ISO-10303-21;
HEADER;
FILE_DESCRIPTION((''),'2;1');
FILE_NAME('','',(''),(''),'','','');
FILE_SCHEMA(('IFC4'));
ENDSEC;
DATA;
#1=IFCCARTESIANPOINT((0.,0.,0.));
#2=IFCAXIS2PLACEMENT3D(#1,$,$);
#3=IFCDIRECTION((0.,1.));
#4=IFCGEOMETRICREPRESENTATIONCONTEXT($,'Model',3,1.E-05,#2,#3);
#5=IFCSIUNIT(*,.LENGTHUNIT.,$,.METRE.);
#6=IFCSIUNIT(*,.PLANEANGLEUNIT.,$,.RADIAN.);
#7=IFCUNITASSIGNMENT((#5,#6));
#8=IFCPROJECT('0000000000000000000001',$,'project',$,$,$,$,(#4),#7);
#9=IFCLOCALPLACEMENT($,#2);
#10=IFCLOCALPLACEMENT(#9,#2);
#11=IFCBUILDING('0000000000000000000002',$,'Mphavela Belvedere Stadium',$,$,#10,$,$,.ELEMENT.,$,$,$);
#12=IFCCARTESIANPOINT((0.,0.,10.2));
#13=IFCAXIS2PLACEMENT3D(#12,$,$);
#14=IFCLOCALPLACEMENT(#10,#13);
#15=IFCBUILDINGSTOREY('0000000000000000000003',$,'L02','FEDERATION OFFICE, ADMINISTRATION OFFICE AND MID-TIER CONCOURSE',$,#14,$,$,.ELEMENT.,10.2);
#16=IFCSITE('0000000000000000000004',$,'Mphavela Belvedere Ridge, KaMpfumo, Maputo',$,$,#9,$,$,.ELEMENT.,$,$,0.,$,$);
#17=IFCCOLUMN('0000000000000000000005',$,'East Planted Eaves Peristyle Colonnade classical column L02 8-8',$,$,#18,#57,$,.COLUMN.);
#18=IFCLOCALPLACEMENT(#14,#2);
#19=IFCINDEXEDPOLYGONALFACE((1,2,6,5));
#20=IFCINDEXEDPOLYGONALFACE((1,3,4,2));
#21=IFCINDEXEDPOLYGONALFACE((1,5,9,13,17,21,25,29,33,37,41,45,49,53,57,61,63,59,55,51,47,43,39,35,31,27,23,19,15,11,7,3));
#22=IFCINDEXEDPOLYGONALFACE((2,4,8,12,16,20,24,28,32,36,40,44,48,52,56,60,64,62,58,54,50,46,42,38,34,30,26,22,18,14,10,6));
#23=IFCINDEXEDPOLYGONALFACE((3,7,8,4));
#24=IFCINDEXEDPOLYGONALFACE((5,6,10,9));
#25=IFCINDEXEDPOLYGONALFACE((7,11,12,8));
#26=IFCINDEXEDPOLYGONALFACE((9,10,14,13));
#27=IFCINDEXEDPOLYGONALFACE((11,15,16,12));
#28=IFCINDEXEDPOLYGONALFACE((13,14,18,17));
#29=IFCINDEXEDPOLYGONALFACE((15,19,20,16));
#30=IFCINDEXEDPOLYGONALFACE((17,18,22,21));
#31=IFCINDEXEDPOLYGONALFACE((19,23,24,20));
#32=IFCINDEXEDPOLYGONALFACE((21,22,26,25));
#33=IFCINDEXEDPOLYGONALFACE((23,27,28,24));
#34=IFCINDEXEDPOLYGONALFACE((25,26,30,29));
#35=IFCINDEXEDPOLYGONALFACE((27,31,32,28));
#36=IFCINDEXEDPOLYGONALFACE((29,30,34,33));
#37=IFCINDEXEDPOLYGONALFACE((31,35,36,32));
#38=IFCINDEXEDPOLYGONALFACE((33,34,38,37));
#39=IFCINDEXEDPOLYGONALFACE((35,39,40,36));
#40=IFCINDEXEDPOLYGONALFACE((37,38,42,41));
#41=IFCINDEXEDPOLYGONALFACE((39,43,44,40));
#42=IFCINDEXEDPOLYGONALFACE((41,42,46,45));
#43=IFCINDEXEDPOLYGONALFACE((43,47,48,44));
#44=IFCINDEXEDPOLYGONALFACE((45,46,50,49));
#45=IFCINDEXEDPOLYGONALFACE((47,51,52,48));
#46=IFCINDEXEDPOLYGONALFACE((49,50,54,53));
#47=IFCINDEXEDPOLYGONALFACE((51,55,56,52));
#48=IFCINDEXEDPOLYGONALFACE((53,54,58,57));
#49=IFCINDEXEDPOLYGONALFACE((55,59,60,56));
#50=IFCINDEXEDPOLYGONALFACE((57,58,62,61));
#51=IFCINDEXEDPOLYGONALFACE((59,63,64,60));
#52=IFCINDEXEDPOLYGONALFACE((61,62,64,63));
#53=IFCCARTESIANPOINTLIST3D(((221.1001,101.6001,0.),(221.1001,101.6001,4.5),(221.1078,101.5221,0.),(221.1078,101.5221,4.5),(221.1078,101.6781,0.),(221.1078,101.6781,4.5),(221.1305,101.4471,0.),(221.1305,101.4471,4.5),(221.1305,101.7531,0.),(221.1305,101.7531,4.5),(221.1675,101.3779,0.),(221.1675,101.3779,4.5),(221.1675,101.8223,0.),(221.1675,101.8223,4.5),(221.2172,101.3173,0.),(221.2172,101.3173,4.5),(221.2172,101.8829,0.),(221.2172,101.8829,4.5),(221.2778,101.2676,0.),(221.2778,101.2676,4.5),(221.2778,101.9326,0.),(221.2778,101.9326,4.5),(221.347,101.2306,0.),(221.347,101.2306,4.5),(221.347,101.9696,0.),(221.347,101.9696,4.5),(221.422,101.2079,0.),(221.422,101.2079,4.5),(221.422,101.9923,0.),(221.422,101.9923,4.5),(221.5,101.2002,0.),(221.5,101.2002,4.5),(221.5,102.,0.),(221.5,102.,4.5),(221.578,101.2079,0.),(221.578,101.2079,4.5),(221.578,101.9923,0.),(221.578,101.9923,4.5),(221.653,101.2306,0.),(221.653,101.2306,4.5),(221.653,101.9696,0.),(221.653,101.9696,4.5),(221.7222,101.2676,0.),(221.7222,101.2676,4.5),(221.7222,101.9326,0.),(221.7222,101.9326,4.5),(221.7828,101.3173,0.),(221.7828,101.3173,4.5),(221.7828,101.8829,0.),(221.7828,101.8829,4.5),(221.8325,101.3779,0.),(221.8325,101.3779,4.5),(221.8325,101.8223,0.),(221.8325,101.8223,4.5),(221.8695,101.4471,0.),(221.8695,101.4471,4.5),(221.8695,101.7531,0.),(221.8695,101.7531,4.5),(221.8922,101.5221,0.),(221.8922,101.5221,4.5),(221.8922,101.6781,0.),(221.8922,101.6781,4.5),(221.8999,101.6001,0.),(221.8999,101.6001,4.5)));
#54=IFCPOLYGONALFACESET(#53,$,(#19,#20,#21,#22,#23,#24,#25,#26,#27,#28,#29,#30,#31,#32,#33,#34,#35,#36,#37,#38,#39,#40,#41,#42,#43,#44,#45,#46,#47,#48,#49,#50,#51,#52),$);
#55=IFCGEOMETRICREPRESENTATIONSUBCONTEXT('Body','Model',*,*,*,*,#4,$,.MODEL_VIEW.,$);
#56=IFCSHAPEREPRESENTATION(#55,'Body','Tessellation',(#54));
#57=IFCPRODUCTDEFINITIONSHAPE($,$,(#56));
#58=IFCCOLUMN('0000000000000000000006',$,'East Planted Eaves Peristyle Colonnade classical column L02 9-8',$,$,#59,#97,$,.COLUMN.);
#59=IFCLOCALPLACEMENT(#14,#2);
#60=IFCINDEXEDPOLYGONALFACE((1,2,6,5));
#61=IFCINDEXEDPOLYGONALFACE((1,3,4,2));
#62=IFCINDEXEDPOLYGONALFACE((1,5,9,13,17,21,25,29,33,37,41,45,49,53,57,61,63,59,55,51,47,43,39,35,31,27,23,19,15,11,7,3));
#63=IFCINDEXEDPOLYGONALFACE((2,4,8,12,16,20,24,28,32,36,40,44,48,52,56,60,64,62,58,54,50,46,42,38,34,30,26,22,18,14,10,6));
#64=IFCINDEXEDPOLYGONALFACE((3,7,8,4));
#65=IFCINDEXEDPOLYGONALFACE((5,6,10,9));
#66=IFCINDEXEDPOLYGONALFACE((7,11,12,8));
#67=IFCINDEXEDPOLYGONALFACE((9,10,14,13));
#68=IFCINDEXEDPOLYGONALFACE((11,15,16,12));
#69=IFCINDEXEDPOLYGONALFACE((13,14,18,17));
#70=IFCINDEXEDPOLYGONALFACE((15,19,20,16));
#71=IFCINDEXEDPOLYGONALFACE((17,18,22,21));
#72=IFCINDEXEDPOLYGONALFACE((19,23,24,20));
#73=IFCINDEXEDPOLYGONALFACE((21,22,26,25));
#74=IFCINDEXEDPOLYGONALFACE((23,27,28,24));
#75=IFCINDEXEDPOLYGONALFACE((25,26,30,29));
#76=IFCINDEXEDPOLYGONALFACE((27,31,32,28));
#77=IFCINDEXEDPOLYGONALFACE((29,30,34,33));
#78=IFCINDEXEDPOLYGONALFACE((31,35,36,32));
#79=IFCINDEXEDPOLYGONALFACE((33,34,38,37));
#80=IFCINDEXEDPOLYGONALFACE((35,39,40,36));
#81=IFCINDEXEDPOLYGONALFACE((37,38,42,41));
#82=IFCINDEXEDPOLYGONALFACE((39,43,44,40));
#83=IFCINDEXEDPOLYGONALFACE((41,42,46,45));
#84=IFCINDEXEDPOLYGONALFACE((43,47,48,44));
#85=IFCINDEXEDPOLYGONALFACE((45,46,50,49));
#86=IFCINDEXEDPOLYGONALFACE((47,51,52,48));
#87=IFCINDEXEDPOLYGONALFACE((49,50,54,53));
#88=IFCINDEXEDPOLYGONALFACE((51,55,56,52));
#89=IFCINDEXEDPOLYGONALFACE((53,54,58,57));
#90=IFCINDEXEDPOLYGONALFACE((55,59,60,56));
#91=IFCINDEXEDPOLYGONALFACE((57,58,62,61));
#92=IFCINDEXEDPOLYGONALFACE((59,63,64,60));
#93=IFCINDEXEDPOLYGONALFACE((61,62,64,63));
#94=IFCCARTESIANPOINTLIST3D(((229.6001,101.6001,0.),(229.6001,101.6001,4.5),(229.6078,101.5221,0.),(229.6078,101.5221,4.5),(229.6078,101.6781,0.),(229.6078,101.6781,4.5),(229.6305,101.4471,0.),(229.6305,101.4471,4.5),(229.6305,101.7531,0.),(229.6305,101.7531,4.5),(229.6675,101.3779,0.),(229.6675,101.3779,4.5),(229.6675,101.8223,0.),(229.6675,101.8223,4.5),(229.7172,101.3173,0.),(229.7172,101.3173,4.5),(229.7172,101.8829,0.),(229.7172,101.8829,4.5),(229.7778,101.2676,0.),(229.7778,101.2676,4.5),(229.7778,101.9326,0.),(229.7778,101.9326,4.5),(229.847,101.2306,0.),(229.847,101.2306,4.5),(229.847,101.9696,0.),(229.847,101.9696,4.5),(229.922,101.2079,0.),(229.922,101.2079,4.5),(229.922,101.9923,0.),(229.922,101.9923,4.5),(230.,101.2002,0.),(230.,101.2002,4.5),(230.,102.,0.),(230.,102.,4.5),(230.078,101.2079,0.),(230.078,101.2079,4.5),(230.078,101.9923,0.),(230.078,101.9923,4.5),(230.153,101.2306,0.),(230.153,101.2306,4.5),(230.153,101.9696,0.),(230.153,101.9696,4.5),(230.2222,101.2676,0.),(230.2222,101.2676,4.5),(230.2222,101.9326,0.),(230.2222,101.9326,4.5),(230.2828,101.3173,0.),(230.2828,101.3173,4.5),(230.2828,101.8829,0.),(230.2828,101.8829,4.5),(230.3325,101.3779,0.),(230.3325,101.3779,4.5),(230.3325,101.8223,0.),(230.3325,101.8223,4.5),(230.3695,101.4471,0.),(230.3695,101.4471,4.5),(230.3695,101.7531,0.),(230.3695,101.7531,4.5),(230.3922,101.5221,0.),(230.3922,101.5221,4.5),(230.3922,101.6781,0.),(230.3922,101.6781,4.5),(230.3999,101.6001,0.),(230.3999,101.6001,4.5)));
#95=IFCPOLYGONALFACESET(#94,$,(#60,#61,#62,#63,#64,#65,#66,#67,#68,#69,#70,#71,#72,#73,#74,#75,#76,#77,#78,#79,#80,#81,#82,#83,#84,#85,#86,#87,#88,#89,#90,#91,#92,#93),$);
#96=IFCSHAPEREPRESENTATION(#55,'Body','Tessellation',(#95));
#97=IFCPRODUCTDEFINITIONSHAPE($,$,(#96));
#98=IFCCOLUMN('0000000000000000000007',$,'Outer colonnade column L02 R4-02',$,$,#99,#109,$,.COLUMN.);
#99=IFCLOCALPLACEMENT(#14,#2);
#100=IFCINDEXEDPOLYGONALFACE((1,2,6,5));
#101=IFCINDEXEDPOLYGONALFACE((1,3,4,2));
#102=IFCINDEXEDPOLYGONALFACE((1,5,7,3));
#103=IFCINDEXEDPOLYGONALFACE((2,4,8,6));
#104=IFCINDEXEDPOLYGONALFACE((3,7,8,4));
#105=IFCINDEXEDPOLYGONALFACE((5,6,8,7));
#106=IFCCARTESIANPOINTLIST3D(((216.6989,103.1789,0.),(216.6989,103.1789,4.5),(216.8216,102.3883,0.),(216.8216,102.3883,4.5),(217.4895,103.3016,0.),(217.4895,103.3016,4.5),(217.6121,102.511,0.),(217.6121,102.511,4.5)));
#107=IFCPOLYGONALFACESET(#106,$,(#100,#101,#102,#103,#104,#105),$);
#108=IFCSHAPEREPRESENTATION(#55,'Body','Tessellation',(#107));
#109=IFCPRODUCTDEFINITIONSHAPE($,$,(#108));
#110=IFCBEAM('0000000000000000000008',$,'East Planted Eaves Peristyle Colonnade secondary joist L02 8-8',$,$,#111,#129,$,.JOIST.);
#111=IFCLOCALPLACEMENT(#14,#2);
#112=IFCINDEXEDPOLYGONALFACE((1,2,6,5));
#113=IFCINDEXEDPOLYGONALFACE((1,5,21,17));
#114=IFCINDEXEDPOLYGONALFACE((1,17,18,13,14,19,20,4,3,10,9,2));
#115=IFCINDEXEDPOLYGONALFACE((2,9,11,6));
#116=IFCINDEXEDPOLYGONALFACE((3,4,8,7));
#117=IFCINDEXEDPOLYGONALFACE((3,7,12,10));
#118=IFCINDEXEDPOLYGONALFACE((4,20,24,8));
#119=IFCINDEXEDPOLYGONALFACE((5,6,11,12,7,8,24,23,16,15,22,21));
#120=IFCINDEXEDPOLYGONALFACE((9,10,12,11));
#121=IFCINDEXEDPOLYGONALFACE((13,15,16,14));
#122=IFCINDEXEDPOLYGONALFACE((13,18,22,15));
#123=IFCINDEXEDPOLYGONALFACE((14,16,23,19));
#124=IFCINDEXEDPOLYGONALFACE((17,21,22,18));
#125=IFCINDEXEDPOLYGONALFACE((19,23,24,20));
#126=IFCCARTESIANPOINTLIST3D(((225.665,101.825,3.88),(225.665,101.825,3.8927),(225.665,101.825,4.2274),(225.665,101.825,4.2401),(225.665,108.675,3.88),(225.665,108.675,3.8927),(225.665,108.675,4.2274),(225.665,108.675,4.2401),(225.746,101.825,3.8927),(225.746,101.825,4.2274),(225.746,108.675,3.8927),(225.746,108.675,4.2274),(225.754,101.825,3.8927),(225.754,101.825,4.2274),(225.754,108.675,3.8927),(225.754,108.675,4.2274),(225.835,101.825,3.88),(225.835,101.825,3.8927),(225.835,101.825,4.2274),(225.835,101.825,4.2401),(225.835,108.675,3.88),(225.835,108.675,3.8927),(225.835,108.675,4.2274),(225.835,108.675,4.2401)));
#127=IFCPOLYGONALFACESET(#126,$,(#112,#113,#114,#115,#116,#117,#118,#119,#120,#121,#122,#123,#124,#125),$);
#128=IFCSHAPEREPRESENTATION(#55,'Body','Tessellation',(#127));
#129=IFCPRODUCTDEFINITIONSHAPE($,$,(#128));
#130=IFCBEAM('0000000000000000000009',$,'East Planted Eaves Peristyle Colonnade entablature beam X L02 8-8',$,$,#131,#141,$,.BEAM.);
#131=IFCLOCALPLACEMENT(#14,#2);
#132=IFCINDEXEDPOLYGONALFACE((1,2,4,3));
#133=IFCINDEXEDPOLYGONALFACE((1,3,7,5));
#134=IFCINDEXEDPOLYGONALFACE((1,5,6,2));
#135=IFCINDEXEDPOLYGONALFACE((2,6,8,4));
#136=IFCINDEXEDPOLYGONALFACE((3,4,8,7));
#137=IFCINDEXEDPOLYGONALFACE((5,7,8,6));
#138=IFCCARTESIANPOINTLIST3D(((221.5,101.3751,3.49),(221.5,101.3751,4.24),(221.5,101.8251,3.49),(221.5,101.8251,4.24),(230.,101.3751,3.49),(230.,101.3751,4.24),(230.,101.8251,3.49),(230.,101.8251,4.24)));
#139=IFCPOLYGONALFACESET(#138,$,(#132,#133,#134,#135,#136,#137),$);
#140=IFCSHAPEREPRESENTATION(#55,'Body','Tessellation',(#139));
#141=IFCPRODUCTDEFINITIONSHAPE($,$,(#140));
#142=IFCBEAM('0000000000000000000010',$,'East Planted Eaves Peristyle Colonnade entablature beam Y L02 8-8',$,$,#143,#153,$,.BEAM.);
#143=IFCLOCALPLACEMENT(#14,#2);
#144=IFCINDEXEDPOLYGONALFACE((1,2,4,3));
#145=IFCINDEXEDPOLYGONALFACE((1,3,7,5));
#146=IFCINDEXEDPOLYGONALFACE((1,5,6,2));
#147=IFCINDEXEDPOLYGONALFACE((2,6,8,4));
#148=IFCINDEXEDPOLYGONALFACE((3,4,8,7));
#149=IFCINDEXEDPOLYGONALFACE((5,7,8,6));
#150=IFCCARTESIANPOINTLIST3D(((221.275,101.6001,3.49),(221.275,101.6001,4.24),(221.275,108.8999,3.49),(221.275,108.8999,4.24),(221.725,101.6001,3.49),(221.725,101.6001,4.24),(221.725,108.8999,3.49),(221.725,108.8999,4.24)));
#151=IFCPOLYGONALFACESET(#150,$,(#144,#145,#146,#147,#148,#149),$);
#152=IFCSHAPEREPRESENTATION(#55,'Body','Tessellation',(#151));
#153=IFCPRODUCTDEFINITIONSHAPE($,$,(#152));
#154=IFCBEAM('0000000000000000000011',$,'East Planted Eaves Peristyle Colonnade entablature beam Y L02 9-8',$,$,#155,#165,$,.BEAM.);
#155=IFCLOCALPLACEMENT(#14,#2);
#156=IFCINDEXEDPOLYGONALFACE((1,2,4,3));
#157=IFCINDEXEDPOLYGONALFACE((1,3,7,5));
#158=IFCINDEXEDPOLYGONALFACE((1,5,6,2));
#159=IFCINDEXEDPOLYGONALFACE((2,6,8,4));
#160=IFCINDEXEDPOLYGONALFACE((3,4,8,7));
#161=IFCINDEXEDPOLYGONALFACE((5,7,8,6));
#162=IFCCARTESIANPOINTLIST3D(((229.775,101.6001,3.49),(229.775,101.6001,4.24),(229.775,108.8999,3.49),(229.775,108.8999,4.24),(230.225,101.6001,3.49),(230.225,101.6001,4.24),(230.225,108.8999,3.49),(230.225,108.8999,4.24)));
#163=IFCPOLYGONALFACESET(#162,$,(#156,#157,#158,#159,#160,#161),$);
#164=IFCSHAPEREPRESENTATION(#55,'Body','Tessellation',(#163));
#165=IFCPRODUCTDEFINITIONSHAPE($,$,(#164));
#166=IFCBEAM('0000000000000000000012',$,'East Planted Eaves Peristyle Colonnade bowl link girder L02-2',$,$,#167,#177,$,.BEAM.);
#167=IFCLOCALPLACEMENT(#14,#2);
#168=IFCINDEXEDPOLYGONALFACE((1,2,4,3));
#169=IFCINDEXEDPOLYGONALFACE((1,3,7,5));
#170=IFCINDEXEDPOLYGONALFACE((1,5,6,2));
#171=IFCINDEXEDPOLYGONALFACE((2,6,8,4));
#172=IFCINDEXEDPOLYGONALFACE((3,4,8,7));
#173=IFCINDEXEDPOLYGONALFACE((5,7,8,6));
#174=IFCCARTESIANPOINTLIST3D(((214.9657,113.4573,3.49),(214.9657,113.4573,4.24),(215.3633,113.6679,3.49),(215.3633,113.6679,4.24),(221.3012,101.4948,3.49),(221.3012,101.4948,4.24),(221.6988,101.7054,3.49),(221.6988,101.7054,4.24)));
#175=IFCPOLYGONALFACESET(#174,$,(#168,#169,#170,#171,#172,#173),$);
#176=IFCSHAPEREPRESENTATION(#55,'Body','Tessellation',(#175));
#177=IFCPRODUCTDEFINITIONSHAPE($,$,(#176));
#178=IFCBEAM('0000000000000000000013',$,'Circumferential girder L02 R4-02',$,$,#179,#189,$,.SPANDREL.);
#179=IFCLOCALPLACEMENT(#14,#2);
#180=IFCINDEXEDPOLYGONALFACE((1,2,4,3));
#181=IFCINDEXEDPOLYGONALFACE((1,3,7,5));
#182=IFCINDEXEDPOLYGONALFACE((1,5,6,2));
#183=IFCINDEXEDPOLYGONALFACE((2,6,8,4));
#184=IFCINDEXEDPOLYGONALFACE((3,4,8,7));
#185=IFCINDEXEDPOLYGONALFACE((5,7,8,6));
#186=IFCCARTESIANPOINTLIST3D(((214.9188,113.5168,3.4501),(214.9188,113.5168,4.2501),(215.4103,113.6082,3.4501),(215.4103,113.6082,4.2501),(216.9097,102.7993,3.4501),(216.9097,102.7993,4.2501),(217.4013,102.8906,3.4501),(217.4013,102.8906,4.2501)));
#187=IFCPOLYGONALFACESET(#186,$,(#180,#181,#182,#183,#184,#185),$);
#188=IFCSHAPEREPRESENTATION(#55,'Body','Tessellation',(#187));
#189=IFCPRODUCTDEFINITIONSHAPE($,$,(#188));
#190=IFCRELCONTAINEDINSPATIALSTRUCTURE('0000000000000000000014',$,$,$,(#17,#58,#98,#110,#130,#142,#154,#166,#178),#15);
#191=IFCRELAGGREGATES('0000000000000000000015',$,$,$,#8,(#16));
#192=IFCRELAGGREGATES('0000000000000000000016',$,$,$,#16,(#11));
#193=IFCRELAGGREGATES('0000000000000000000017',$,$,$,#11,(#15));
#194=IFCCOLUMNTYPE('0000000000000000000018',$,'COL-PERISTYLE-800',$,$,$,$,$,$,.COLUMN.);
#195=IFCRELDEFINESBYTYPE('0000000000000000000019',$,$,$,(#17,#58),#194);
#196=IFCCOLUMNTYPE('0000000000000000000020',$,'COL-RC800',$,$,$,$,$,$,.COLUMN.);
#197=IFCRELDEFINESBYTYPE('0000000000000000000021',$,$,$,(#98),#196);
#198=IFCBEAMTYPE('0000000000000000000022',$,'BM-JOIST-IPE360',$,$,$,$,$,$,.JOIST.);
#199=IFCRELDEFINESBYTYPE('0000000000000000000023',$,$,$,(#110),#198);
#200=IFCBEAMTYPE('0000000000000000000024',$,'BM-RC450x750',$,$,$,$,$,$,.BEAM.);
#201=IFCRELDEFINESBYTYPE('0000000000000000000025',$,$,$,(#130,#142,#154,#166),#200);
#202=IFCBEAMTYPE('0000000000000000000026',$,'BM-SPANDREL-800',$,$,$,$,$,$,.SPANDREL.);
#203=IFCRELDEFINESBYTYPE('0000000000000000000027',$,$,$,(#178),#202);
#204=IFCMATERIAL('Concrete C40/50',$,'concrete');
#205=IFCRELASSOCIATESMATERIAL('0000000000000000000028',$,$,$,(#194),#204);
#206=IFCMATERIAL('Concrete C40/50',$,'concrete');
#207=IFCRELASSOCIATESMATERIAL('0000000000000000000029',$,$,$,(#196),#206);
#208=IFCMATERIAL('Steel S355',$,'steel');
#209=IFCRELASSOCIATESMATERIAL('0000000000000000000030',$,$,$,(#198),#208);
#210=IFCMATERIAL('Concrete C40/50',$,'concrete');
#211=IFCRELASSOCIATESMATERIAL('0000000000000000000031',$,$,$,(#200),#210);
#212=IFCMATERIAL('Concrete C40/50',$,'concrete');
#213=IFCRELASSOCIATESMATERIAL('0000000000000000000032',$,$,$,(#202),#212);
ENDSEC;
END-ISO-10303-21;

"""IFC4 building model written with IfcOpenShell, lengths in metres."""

from ifc_helpers import new_model, si_unit, direction, frame, origin, origin_2d, place, context, subcontext, project, spatial, rectangle, circle, i_section, extrude, material, material_profile, profile_set, type_object, element, save


model = new_model("IFC4")

# Units and contexts
model_context = context("Model", 3, precision=1e-05, world=origin(), true_north=direction((0.0, 1.0)))
body_context = subcontext(model_context, "Body", "Model", "MODEL_VIEW")
ifc_project = project(units=[si_unit("LENGTHUNIT", "METRE"), si_unit("PLANEANGLEUNIT", "RADIAN")], contexts=[model_context])

# Site, building, storey
site_placement = place(None, origin())
site = spatial("IfcSite", under=ifc_project, at=site_placement, Name="Mphavela Belvedere Ridge, KaMpfumo, Maputo", CompositionType="ELEMENT", RefElevation=0.0)
building_placement = place(site_placement, origin())
building = spatial("IfcBuilding", under=site, at=building_placement, Name="Mphavela Belvedere Stadium", CompositionType="ELEMENT")
storey_placement = place(building_placement, frame((0.0, 0.0, 10.2)))
storey = spatial("IfcBuildingStorey", under=building, at=storey_placement, Name="L02", Description="FEDERATION OFFICE, ADMINISTRATION OFFICE AND MID-TIER CONCOURSE", CompositionType="ELEMENT", Elevation=10.2)

# Columns
ifc_material_1 = material(Name="Concrete C40/50", Category="concrete")
ifc_material_profile_1 = material_profile(ifc_material_1, circle(Radius=0.3999, at=origin_2d()), Name="COL D800")
ifc_profile_set_1 = profile_set([ifc_material_profile_1], Name="Concrete C40/50")
column_type_1 = type_object("IfcColumnType", Name="COL-PERISTYLE-800", PredefinedType="COLUMN", material=ifc_profile_set_1)
for number, where, z_axis, x_axis, name in (
    (1, (221.5, 101.6001, 0.0), (0.0, 0.0, 1.0), (1.0, 0.0, 0.0), "East Planted Eaves Peristyle Colonnade classical column L02 8-8"),
    (2, (230.0, 101.6001, 0.0), (0.0, 0.0, 1.0), (1.0, 0.0, 0.0), "East Planted Eaves Peristyle Colonnade classical column L02 9-8"),
):
    element("IfcColumn", number, at=place(storey_placement, frame(where, z_axis=z_axis, x_axis=x_axis)), inside=storey, type_object=column_type_1, Name=name, PredefinedType="COLUMN", context=body_context, shape_type="SweptSolid", body=[
        extrude(circle(Radius=0.3999, at=origin_2d()), origin(), (0.0, 0.0, 1.0), 4.5),
    ])
ifc_material_2 = material(Name="Concrete C40/50", Category="concrete")
ifc_material_profile_2 = material_profile(ifc_material_2, rectangle(XDim=0.8, YDim=0.8, at=origin_2d()), Name="RC 800x800")
ifc_profile_set_2 = profile_set([ifc_material_profile_2], Name="Concrete C40/50")
column_type_2 = type_object("IfcColumnType", Name="COL-RC800", PredefinedType="COLUMN", material=ifc_profile_set_2)
column_placement = place(storey_placement, frame((217.1555, 102.845, 0.0), z_axis=(0.0, 0.0, 1.0), x_axis=(0.988175, 0.153331, 0.0)))
element("IfcColumn", 3, at=column_placement, inside=storey, type_object=column_type_2, Name="Outer colonnade column L02 R4-02", PredefinedType="COLUMN", context=body_context, shape_type="SweptSolid", body=[
    extrude(rectangle(XDim=0.8, YDim=0.8, at=origin_2d()), origin(), (0.0, 0.0, 1.0), 4.5),
])

# Beams
ifc_material_3 = material(Name="Steel S355", Category="steel")
ifc_material_profile_3 = material_profile(ifc_material_3, i_section(OverallWidth=0.1699, OverallDepth=0.3601, WebThickness=0.0081, FlangeThickness=0.0127, at=origin_2d()), Name="IPE 360")
ifc_profile_set_3 = profile_set([ifc_material_profile_3], Name="Steel S355")
beam_type_1 = type_object("IfcBeamType", Name="BM-JOIST-IPE360", PredefinedType="JOIST", material=ifc_profile_set_3)
beam_1_placement = place(storey_placement, frame((225.75, 101.825, 4.0601), z_axis=(0.0, 1.0, 0.0), x_axis=(-1.0, 0.0, 0.0)))
element("IfcBeam", 4, at=beam_1_placement, inside=storey, type_object=beam_type_1, Name="East Planted Eaves Peristyle Colonnade secondary joist L02 8-8", PredefinedType="JOIST", context=body_context, shape_type="SweptSolid", body=[
    extrude(i_section(OverallWidth=0.1699, OverallDepth=0.3601, WebThickness=0.0081, FlangeThickness=0.0127, at=origin_2d()), origin(), (0.0, 0.0, 1.0), 6.8501),
])
ifc_material_4 = material(Name="Concrete C40/50", Category="concrete")
ifc_material_profile_4 = material_profile(ifc_material_4, rectangle(XDim=0.45, YDim=0.75, at=origin_2d()), Name="RC 450x750")
ifc_profile_set_4 = profile_set([ifc_material_profile_4], Name="Concrete C40/50")
beam_type_2 = type_object("IfcBeamType", Name="BM-RC450x750", PredefinedType="BEAM", material=ifc_profile_set_4)
beam_2_placement = place(storey_placement, frame((221.5, 101.6001, 3.865), z_axis=(1.0, 0.0, 0.0), x_axis=(0.0, 1.0, 0.0)))
element("IfcBeam", 5, at=beam_2_placement, inside=storey, type_object=beam_type_2, Name="East Planted Eaves Peristyle Colonnade entablature beam X L02 8-8", PredefinedType="BEAM", context=body_context, shape_type="SweptSolid", body=[
    extrude(rectangle(XDim=0.45, YDim=0.75, at=origin_2d()), origin(), (0.0, 0.0, 1.0), 8.5),
])
for number, where, z_axis, x_axis, name in (
    (6, (221.5, 101.6001, 3.865), (0.0, 1.0, 0.0), (-1.0, 0.0, 0.0), "East Planted Eaves Peristyle Colonnade entablature beam Y L02 8-8"),
    (7, (230.0, 101.6001, 3.865), (0.0, 1.0, 0.0), (-1.0, 0.0, 0.0), "East Planted Eaves Peristyle Colonnade entablature beam Y L02 9-8"),
):
    element("IfcBeam", number, at=place(storey_placement, frame(where, z_axis=z_axis, x_axis=x_axis)), inside=storey, type_object=beam_type_2, Name=name, PredefinedType="BEAM", context=body_context, shape_type="SweptSolid", body=[
        extrude(rectangle(XDim=0.45, YDim=0.75, at=origin_2d()), origin(), (0.0, 0.0, 1.0), 7.2998),
    ])
beam_3_placement = place(storey_placement, frame((221.5, 101.6001, 3.865), z_axis=(-0.468027, 0.883714, 0.0), x_axis=(-0.883714, -0.468027, 0.0)))
element("IfcBeam", 8, at=beam_3_placement, inside=storey, type_object=beam_type_2, Name="East Planted Eaves Peristyle Colonnade bowl link girder L02-2", PredefinedType="BEAM", context=body_context, shape_type="SweptSolid", body=[
    extrude(rectangle(XDim=0.45, YDim=0.75, at=origin_2d()), origin(), (0.0, 0.0, 1.0), 13.5366),
])
ifc_material_5 = material(Name="Concrete C40/50", Category="concrete")
ifc_material_profile_5 = material_profile(ifc_material_5, rectangle(XDim=0.5, YDim=0.8, at=origin_2d()), Name="RC 500x800")
ifc_profile_set_5 = profile_set([ifc_material_profile_5], Name="Concrete C40/50")
beam_type_3 = type_object("IfcBeamType", Name="BM-SPANDREL-800", PredefinedType="SPANDREL", material=ifc_profile_set_5)
beam_4_placement = place(storey_placement, frame((217.1555, 102.845, 3.8501), z_axis=(-0.182643, 0.983179, 0.0), x_axis=(-0.983179, -0.182643, 0.0)))
element("IfcBeam", 9, at=beam_4_placement, inside=storey, type_object=beam_type_3, Name="Circumferential girder L02 R4-02", PredefinedType="SPANDREL", context=body_context, shape_type="SweptSolid", body=[
    extrude(rectangle(XDim=0.5, YDim=0.8, at=origin_2d()), origin(), (0.0, 0.0, 1.0), 10.9009),
])

save(model, "model.ifc")
